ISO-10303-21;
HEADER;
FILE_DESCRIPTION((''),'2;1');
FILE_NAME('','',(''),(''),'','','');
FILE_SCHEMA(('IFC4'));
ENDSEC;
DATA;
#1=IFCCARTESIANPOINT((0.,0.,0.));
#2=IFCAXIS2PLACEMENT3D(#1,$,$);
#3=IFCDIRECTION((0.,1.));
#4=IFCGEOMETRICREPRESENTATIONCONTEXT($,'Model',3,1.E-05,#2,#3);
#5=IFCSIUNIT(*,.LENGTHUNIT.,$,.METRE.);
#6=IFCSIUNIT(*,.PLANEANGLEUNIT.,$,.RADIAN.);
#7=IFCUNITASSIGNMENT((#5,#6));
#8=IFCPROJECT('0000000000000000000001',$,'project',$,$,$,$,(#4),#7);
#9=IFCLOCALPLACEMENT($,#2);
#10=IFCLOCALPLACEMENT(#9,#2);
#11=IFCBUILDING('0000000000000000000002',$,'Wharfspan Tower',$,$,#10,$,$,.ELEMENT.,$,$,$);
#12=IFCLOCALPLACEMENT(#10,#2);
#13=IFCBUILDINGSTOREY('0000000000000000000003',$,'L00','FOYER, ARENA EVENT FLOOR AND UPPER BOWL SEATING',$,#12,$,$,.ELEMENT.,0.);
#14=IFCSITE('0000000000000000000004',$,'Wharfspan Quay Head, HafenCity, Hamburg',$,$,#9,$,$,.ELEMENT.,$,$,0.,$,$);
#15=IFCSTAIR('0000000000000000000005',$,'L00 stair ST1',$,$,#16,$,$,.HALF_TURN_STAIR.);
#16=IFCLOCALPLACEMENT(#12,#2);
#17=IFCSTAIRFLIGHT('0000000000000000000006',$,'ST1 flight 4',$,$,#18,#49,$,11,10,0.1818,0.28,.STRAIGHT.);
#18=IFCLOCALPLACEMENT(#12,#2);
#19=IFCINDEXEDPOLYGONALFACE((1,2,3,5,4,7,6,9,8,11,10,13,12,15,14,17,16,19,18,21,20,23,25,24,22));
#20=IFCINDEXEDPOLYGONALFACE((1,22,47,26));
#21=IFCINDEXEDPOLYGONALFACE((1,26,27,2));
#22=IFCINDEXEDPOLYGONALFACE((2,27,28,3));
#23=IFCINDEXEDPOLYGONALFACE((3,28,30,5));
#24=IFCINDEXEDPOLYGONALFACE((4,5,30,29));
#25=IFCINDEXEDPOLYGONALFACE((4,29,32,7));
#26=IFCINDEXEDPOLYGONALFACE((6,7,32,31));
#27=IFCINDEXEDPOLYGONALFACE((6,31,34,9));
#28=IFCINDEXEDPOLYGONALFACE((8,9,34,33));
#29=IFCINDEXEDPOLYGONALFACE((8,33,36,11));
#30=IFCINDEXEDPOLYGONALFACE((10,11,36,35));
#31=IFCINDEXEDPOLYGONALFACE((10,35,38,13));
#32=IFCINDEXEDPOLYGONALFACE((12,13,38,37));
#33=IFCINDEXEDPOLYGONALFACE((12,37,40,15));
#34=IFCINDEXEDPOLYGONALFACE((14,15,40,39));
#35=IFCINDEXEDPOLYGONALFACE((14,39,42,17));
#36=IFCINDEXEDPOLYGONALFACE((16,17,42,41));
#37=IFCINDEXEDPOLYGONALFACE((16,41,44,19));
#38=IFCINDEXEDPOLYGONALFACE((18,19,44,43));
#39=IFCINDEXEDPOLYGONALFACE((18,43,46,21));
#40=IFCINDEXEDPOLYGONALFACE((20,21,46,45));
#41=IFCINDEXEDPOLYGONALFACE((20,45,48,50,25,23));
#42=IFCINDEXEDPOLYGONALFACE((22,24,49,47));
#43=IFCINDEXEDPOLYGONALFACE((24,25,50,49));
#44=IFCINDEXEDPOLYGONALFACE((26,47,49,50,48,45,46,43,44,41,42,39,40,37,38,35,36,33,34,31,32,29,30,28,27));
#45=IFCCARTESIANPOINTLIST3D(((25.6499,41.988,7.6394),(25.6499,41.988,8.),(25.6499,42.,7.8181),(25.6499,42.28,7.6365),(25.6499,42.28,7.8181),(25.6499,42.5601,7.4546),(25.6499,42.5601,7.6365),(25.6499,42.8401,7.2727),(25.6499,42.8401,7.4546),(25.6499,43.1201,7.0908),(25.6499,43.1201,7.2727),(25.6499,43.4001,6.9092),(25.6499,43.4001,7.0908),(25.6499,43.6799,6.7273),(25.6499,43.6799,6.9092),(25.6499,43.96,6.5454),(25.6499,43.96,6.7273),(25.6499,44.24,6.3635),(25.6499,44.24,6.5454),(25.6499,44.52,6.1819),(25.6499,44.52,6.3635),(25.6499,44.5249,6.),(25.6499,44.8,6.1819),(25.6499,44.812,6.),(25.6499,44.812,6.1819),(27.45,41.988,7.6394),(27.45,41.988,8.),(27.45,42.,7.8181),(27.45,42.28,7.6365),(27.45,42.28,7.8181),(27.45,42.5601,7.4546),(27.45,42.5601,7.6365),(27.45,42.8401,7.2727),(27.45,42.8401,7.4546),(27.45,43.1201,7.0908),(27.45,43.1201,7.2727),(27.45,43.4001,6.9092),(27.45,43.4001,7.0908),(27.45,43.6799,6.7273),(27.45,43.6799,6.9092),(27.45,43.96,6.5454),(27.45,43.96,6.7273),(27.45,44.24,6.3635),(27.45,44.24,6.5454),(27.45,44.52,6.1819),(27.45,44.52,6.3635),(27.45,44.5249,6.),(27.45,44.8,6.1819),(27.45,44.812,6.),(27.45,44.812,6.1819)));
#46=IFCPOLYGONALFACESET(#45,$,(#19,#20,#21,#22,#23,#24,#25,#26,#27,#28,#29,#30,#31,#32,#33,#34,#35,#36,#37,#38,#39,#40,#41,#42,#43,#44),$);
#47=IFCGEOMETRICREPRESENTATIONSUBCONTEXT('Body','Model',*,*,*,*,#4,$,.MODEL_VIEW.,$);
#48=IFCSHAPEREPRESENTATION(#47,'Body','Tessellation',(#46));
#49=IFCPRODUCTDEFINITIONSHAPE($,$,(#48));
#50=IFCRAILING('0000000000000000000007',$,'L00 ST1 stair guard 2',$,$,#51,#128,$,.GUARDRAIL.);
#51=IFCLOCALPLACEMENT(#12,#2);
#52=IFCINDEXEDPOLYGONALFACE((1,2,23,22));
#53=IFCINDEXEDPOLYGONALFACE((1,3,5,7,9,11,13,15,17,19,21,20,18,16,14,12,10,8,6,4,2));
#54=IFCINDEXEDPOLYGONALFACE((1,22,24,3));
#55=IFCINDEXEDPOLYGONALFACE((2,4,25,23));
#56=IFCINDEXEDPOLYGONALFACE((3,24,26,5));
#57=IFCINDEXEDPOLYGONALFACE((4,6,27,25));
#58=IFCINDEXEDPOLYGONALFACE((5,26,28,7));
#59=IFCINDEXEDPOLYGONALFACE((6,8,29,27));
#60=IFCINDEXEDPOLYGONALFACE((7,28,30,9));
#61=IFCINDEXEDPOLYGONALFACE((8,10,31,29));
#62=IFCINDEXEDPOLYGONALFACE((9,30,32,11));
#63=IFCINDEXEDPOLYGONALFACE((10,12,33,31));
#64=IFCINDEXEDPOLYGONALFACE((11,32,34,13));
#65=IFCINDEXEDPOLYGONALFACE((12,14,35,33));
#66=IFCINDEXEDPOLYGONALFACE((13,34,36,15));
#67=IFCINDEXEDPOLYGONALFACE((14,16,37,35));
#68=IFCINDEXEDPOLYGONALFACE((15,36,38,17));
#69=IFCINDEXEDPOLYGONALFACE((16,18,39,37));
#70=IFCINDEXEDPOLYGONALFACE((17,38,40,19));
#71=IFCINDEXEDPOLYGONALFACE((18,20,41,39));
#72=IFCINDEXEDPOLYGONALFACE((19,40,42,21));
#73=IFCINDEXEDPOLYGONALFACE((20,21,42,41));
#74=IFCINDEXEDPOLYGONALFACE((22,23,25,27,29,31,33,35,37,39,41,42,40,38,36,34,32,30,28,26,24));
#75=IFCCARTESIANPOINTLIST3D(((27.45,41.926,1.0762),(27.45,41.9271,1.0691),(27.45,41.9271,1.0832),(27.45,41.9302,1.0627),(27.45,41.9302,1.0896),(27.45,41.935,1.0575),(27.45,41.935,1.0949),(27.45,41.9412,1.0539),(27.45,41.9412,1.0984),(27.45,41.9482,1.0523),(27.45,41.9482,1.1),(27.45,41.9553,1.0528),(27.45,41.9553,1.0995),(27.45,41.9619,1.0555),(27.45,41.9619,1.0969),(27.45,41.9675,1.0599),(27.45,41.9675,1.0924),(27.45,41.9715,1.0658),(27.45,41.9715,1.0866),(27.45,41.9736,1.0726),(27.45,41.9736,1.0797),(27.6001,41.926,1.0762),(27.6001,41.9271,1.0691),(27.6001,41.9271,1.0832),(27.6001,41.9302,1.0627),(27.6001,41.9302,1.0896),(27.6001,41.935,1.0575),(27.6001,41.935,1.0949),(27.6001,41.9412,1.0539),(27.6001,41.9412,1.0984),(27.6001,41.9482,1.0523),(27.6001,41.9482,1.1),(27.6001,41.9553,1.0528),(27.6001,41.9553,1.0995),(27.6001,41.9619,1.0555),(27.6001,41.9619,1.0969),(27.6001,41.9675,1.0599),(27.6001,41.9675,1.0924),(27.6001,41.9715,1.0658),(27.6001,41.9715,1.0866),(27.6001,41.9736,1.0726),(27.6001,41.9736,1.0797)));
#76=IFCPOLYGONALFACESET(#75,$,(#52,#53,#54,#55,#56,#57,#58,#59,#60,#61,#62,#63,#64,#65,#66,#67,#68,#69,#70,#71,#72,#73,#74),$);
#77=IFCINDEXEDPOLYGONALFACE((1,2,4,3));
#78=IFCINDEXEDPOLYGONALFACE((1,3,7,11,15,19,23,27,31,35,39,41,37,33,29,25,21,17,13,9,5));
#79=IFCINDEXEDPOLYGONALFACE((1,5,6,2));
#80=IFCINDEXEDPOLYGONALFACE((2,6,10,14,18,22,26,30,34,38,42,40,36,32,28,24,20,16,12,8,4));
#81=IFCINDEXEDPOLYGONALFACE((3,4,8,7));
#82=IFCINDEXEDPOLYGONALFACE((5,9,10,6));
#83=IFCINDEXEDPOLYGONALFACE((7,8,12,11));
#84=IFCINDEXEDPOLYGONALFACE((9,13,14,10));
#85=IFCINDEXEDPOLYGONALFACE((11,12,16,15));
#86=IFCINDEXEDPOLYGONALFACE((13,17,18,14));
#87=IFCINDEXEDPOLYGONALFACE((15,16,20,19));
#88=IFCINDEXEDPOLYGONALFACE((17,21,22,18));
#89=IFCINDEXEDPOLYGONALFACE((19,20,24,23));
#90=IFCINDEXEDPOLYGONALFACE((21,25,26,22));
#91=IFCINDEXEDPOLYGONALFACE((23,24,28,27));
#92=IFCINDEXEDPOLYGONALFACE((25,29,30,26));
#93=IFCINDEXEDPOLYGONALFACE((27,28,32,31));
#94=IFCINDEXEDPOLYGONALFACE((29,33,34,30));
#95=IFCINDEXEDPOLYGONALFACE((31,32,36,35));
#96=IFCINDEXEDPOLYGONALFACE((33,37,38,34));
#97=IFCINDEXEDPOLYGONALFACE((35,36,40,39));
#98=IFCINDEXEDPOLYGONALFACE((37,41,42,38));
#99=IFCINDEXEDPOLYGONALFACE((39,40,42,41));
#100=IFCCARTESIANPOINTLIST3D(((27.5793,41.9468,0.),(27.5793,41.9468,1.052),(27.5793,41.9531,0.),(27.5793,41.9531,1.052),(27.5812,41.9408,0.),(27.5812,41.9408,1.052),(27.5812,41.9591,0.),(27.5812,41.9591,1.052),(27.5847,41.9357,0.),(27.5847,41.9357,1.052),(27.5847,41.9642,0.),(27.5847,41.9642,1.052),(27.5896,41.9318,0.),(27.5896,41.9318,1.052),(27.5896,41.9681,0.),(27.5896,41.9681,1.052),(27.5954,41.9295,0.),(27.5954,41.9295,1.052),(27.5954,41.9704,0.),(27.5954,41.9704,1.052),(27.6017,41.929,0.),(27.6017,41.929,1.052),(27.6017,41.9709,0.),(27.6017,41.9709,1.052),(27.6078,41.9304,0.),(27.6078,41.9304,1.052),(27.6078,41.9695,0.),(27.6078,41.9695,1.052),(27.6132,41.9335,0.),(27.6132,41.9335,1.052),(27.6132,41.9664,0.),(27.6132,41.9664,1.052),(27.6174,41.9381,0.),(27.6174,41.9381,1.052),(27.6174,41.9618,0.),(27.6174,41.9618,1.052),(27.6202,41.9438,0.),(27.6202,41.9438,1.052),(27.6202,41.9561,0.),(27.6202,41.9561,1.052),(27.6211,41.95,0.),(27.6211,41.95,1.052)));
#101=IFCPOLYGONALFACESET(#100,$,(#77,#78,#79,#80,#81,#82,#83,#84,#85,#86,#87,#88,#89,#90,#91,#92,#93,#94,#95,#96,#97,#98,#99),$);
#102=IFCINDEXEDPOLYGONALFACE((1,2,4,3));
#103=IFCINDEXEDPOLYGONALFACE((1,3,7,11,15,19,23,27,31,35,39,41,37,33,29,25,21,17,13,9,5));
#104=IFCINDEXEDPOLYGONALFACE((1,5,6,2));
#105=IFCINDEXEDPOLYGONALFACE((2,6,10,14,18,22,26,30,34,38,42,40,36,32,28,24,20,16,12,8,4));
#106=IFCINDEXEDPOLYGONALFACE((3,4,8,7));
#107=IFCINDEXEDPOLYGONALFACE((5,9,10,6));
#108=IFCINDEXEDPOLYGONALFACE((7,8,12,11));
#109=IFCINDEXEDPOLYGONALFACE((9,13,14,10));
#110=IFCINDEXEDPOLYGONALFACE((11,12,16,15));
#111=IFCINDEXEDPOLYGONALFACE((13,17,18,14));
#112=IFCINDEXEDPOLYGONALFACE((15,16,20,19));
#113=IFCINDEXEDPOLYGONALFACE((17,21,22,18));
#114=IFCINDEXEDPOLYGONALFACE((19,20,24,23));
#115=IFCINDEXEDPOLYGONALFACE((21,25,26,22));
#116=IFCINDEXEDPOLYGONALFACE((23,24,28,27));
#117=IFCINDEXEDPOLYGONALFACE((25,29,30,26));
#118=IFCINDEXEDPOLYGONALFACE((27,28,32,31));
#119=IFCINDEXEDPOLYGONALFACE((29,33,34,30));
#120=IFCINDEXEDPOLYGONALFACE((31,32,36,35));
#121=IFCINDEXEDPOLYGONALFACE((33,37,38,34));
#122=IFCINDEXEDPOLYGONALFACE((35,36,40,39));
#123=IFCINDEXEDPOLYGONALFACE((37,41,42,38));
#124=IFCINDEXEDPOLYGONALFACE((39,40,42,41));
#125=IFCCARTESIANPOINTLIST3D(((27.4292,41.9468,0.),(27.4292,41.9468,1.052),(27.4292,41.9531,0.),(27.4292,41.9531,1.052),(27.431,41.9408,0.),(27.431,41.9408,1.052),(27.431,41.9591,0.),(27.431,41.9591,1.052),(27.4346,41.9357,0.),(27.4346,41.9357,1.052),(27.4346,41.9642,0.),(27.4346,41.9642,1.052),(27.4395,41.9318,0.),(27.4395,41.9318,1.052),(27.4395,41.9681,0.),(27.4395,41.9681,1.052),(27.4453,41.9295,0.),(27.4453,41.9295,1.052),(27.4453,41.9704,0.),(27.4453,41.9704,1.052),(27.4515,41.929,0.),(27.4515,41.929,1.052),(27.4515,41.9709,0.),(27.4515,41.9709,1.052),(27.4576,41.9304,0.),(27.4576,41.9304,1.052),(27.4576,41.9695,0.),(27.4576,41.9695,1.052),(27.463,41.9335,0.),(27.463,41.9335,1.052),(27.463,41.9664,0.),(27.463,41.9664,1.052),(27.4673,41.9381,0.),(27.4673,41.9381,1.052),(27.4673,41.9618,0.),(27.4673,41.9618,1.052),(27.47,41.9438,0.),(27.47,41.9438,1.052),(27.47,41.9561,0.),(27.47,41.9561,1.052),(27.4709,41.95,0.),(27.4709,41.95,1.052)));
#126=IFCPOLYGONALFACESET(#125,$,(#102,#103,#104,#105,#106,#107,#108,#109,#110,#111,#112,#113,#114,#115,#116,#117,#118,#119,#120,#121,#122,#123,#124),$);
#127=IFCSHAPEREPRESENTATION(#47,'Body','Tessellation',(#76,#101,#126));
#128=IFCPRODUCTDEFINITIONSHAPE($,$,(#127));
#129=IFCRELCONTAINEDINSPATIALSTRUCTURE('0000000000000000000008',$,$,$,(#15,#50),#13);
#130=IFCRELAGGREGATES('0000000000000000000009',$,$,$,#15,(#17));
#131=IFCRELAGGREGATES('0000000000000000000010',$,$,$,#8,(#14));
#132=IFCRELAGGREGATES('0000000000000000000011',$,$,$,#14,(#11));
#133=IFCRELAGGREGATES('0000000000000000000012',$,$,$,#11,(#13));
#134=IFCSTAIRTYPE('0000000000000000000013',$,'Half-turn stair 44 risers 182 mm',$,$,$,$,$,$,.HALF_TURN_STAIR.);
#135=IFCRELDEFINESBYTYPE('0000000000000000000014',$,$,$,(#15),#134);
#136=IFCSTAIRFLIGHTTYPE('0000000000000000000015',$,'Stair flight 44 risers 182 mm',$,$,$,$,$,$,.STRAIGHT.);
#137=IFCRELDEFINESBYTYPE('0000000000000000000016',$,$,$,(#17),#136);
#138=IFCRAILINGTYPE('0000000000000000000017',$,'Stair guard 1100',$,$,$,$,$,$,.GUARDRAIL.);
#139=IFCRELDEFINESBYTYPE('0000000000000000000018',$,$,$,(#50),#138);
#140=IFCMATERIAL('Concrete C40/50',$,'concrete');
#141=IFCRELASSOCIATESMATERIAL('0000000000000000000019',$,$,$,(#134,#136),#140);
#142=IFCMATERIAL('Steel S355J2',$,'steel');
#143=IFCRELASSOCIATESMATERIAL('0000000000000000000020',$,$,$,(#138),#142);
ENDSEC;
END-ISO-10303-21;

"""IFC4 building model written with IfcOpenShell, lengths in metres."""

from ifc_helpers import new_model, si_unit, direction, frame, origin, origin_2d, place, context, subcontext, project, spatial, polyline, circle, outline, extrude, material, type_object, element, aggregate, save


model = new_model("IFC4")

# Units and contexts
model_context = context("Model", 3, precision=1e-05, world=origin(), true_north=direction((0.0, 1.0)))
body_context = subcontext(model_context, "Body", "Model", "MODEL_VIEW")
ifc_project = project(units=[si_unit("LENGTHUNIT", "METRE"), si_unit("PLANEANGLEUNIT", "RADIAN")], contexts=[model_context])

# Site, building, storey
site_placement = place(None, origin())
site = spatial("IfcSite", under=ifc_project, at=site_placement, Name="Wharfspan Quay Head, HafenCity, Hamburg", CompositionType="ELEMENT", RefElevation=0.0)
building_placement = place(site_placement, origin())
building = spatial("IfcBuilding", under=site, at=building_placement, Name="Wharfspan Tower", CompositionType="ELEMENT")
storey_placement = place(building_placement, origin())
storey = spatial("IfcBuildingStorey", under=building, at=storey_placement, Name="L00", Description="FOYER, ARENA EVENT FLOOR AND UPPER BOWL SEATING", CompositionType="ELEMENT", Elevation=0.0)

# Shared definitions
ifc_material_1 = material(Name="Concrete C40/50", Category="concrete")

# Stair, stair flight
stair_type = type_object("IfcStairType", Name="Half-turn stair 44 risers 182 mm", PredefinedType="HALF_TURN_STAIR", material=ifc_material_1)
stair_placement = place(storey_placement, origin())
stair = element("IfcStair", 1, at=stair_placement, inside=storey, type_object=stair_type, Name="L00 stair ST1", PredefinedType="HALF_TURN_STAIR")
stair_flight_type = type_object("IfcStairFlightType", Name="Stair flight 44 risers 182 mm", PredefinedType="STRAIGHT", material=ifc_material_1)
stair_flight_1_placement = place(storey_placement, frame((26.55, 44.8, 6.0), z_axis=(0.0, 0.0, 1.0), x_axis=(0.0, -1.0, 0.0)))
stair_flight_1 = element("IfcStairFlight", 2, at=stair_flight_1_placement, type_object=stair_flight_type, Name="ST1 flight 4", NumberOfRisers=11, NumberOfTreads=10, PredefinedType="STRAIGHT", RiserHeight=0.1818, TreadLength=0.28, context=body_context, shape_type="SweptSolid", body=[
    extrude(outline(polyline([(-0.012, 0.0), (-0.012, 0.1819), (0.0, 0.1819), (0.28, 0.1819), (0.28, 0.3635), (0.5601, 0.3635), (0.5601, 0.5454), (0.8401, 0.5454), (0.8401, 0.7273), (1.1201, 0.7273), (1.1201, 0.9092), (1.3999, 0.9092), (1.3999, 1.0908), (1.6799, 1.0908), (1.6799, 1.2727), (1.96, 1.2727), (1.96, 1.4546), (2.24, 1.4546), (2.24, 1.6365), (2.52, 1.6365), (2.52, 1.8181), (2.8, 1.8181), (2.812, 2.0), (2.812, 1.6394), (0.2751, 0.0), (-0.012, 0.0)])), frame((0.0, 0.8999, 0.0), z_axis=(0.0, -1.0, 0.0), x_axis=(1.0, 0.0, 0.0)), (0.0, 0.0, 1.0), 1.8),
])
aggregate(stair, [stair_flight_1])

# Railing
ifc_material_2 = material(Name="Steel S355J2", Category="steel")
railing_type_1 = type_object("IfcRailingType", Name="Stair guard 1100", PredefinedType="GUARDRAIL", material=ifc_material_2)
railing_1_placement = place(storey_placement, frame((27.6001, 41.95, 0.0)))
element("IfcRailing", 3, at=railing_1_placement, inside=storey, type_object=railing_type_1, Name="L00 ST1 stair guard 2", PredefinedType="GUARDRAIL", context=body_context, shape_type="SweptSolid", body=[
    extrude(circle(Radius=0.0239, at=origin_2d()), frame((0.0, 0.0, 1.0762), z_axis=(-1.0, 0.0, 0.0), x_axis=(0.0, -1.0, 0.0)), (0.0, 0.0, 1.0), 0.1501),
    extrude(circle(Radius=0.021, at=origin_2d()), origin(), (0.0, 0.0, 1.0), 1.052),
    extrude(circle(Radius=0.021, at=origin_2d()), frame((-0.1501, 0.0, 0.0)), (0.0, 0.0, 1.0), 1.052),
])

save(model, "model.ifc")
